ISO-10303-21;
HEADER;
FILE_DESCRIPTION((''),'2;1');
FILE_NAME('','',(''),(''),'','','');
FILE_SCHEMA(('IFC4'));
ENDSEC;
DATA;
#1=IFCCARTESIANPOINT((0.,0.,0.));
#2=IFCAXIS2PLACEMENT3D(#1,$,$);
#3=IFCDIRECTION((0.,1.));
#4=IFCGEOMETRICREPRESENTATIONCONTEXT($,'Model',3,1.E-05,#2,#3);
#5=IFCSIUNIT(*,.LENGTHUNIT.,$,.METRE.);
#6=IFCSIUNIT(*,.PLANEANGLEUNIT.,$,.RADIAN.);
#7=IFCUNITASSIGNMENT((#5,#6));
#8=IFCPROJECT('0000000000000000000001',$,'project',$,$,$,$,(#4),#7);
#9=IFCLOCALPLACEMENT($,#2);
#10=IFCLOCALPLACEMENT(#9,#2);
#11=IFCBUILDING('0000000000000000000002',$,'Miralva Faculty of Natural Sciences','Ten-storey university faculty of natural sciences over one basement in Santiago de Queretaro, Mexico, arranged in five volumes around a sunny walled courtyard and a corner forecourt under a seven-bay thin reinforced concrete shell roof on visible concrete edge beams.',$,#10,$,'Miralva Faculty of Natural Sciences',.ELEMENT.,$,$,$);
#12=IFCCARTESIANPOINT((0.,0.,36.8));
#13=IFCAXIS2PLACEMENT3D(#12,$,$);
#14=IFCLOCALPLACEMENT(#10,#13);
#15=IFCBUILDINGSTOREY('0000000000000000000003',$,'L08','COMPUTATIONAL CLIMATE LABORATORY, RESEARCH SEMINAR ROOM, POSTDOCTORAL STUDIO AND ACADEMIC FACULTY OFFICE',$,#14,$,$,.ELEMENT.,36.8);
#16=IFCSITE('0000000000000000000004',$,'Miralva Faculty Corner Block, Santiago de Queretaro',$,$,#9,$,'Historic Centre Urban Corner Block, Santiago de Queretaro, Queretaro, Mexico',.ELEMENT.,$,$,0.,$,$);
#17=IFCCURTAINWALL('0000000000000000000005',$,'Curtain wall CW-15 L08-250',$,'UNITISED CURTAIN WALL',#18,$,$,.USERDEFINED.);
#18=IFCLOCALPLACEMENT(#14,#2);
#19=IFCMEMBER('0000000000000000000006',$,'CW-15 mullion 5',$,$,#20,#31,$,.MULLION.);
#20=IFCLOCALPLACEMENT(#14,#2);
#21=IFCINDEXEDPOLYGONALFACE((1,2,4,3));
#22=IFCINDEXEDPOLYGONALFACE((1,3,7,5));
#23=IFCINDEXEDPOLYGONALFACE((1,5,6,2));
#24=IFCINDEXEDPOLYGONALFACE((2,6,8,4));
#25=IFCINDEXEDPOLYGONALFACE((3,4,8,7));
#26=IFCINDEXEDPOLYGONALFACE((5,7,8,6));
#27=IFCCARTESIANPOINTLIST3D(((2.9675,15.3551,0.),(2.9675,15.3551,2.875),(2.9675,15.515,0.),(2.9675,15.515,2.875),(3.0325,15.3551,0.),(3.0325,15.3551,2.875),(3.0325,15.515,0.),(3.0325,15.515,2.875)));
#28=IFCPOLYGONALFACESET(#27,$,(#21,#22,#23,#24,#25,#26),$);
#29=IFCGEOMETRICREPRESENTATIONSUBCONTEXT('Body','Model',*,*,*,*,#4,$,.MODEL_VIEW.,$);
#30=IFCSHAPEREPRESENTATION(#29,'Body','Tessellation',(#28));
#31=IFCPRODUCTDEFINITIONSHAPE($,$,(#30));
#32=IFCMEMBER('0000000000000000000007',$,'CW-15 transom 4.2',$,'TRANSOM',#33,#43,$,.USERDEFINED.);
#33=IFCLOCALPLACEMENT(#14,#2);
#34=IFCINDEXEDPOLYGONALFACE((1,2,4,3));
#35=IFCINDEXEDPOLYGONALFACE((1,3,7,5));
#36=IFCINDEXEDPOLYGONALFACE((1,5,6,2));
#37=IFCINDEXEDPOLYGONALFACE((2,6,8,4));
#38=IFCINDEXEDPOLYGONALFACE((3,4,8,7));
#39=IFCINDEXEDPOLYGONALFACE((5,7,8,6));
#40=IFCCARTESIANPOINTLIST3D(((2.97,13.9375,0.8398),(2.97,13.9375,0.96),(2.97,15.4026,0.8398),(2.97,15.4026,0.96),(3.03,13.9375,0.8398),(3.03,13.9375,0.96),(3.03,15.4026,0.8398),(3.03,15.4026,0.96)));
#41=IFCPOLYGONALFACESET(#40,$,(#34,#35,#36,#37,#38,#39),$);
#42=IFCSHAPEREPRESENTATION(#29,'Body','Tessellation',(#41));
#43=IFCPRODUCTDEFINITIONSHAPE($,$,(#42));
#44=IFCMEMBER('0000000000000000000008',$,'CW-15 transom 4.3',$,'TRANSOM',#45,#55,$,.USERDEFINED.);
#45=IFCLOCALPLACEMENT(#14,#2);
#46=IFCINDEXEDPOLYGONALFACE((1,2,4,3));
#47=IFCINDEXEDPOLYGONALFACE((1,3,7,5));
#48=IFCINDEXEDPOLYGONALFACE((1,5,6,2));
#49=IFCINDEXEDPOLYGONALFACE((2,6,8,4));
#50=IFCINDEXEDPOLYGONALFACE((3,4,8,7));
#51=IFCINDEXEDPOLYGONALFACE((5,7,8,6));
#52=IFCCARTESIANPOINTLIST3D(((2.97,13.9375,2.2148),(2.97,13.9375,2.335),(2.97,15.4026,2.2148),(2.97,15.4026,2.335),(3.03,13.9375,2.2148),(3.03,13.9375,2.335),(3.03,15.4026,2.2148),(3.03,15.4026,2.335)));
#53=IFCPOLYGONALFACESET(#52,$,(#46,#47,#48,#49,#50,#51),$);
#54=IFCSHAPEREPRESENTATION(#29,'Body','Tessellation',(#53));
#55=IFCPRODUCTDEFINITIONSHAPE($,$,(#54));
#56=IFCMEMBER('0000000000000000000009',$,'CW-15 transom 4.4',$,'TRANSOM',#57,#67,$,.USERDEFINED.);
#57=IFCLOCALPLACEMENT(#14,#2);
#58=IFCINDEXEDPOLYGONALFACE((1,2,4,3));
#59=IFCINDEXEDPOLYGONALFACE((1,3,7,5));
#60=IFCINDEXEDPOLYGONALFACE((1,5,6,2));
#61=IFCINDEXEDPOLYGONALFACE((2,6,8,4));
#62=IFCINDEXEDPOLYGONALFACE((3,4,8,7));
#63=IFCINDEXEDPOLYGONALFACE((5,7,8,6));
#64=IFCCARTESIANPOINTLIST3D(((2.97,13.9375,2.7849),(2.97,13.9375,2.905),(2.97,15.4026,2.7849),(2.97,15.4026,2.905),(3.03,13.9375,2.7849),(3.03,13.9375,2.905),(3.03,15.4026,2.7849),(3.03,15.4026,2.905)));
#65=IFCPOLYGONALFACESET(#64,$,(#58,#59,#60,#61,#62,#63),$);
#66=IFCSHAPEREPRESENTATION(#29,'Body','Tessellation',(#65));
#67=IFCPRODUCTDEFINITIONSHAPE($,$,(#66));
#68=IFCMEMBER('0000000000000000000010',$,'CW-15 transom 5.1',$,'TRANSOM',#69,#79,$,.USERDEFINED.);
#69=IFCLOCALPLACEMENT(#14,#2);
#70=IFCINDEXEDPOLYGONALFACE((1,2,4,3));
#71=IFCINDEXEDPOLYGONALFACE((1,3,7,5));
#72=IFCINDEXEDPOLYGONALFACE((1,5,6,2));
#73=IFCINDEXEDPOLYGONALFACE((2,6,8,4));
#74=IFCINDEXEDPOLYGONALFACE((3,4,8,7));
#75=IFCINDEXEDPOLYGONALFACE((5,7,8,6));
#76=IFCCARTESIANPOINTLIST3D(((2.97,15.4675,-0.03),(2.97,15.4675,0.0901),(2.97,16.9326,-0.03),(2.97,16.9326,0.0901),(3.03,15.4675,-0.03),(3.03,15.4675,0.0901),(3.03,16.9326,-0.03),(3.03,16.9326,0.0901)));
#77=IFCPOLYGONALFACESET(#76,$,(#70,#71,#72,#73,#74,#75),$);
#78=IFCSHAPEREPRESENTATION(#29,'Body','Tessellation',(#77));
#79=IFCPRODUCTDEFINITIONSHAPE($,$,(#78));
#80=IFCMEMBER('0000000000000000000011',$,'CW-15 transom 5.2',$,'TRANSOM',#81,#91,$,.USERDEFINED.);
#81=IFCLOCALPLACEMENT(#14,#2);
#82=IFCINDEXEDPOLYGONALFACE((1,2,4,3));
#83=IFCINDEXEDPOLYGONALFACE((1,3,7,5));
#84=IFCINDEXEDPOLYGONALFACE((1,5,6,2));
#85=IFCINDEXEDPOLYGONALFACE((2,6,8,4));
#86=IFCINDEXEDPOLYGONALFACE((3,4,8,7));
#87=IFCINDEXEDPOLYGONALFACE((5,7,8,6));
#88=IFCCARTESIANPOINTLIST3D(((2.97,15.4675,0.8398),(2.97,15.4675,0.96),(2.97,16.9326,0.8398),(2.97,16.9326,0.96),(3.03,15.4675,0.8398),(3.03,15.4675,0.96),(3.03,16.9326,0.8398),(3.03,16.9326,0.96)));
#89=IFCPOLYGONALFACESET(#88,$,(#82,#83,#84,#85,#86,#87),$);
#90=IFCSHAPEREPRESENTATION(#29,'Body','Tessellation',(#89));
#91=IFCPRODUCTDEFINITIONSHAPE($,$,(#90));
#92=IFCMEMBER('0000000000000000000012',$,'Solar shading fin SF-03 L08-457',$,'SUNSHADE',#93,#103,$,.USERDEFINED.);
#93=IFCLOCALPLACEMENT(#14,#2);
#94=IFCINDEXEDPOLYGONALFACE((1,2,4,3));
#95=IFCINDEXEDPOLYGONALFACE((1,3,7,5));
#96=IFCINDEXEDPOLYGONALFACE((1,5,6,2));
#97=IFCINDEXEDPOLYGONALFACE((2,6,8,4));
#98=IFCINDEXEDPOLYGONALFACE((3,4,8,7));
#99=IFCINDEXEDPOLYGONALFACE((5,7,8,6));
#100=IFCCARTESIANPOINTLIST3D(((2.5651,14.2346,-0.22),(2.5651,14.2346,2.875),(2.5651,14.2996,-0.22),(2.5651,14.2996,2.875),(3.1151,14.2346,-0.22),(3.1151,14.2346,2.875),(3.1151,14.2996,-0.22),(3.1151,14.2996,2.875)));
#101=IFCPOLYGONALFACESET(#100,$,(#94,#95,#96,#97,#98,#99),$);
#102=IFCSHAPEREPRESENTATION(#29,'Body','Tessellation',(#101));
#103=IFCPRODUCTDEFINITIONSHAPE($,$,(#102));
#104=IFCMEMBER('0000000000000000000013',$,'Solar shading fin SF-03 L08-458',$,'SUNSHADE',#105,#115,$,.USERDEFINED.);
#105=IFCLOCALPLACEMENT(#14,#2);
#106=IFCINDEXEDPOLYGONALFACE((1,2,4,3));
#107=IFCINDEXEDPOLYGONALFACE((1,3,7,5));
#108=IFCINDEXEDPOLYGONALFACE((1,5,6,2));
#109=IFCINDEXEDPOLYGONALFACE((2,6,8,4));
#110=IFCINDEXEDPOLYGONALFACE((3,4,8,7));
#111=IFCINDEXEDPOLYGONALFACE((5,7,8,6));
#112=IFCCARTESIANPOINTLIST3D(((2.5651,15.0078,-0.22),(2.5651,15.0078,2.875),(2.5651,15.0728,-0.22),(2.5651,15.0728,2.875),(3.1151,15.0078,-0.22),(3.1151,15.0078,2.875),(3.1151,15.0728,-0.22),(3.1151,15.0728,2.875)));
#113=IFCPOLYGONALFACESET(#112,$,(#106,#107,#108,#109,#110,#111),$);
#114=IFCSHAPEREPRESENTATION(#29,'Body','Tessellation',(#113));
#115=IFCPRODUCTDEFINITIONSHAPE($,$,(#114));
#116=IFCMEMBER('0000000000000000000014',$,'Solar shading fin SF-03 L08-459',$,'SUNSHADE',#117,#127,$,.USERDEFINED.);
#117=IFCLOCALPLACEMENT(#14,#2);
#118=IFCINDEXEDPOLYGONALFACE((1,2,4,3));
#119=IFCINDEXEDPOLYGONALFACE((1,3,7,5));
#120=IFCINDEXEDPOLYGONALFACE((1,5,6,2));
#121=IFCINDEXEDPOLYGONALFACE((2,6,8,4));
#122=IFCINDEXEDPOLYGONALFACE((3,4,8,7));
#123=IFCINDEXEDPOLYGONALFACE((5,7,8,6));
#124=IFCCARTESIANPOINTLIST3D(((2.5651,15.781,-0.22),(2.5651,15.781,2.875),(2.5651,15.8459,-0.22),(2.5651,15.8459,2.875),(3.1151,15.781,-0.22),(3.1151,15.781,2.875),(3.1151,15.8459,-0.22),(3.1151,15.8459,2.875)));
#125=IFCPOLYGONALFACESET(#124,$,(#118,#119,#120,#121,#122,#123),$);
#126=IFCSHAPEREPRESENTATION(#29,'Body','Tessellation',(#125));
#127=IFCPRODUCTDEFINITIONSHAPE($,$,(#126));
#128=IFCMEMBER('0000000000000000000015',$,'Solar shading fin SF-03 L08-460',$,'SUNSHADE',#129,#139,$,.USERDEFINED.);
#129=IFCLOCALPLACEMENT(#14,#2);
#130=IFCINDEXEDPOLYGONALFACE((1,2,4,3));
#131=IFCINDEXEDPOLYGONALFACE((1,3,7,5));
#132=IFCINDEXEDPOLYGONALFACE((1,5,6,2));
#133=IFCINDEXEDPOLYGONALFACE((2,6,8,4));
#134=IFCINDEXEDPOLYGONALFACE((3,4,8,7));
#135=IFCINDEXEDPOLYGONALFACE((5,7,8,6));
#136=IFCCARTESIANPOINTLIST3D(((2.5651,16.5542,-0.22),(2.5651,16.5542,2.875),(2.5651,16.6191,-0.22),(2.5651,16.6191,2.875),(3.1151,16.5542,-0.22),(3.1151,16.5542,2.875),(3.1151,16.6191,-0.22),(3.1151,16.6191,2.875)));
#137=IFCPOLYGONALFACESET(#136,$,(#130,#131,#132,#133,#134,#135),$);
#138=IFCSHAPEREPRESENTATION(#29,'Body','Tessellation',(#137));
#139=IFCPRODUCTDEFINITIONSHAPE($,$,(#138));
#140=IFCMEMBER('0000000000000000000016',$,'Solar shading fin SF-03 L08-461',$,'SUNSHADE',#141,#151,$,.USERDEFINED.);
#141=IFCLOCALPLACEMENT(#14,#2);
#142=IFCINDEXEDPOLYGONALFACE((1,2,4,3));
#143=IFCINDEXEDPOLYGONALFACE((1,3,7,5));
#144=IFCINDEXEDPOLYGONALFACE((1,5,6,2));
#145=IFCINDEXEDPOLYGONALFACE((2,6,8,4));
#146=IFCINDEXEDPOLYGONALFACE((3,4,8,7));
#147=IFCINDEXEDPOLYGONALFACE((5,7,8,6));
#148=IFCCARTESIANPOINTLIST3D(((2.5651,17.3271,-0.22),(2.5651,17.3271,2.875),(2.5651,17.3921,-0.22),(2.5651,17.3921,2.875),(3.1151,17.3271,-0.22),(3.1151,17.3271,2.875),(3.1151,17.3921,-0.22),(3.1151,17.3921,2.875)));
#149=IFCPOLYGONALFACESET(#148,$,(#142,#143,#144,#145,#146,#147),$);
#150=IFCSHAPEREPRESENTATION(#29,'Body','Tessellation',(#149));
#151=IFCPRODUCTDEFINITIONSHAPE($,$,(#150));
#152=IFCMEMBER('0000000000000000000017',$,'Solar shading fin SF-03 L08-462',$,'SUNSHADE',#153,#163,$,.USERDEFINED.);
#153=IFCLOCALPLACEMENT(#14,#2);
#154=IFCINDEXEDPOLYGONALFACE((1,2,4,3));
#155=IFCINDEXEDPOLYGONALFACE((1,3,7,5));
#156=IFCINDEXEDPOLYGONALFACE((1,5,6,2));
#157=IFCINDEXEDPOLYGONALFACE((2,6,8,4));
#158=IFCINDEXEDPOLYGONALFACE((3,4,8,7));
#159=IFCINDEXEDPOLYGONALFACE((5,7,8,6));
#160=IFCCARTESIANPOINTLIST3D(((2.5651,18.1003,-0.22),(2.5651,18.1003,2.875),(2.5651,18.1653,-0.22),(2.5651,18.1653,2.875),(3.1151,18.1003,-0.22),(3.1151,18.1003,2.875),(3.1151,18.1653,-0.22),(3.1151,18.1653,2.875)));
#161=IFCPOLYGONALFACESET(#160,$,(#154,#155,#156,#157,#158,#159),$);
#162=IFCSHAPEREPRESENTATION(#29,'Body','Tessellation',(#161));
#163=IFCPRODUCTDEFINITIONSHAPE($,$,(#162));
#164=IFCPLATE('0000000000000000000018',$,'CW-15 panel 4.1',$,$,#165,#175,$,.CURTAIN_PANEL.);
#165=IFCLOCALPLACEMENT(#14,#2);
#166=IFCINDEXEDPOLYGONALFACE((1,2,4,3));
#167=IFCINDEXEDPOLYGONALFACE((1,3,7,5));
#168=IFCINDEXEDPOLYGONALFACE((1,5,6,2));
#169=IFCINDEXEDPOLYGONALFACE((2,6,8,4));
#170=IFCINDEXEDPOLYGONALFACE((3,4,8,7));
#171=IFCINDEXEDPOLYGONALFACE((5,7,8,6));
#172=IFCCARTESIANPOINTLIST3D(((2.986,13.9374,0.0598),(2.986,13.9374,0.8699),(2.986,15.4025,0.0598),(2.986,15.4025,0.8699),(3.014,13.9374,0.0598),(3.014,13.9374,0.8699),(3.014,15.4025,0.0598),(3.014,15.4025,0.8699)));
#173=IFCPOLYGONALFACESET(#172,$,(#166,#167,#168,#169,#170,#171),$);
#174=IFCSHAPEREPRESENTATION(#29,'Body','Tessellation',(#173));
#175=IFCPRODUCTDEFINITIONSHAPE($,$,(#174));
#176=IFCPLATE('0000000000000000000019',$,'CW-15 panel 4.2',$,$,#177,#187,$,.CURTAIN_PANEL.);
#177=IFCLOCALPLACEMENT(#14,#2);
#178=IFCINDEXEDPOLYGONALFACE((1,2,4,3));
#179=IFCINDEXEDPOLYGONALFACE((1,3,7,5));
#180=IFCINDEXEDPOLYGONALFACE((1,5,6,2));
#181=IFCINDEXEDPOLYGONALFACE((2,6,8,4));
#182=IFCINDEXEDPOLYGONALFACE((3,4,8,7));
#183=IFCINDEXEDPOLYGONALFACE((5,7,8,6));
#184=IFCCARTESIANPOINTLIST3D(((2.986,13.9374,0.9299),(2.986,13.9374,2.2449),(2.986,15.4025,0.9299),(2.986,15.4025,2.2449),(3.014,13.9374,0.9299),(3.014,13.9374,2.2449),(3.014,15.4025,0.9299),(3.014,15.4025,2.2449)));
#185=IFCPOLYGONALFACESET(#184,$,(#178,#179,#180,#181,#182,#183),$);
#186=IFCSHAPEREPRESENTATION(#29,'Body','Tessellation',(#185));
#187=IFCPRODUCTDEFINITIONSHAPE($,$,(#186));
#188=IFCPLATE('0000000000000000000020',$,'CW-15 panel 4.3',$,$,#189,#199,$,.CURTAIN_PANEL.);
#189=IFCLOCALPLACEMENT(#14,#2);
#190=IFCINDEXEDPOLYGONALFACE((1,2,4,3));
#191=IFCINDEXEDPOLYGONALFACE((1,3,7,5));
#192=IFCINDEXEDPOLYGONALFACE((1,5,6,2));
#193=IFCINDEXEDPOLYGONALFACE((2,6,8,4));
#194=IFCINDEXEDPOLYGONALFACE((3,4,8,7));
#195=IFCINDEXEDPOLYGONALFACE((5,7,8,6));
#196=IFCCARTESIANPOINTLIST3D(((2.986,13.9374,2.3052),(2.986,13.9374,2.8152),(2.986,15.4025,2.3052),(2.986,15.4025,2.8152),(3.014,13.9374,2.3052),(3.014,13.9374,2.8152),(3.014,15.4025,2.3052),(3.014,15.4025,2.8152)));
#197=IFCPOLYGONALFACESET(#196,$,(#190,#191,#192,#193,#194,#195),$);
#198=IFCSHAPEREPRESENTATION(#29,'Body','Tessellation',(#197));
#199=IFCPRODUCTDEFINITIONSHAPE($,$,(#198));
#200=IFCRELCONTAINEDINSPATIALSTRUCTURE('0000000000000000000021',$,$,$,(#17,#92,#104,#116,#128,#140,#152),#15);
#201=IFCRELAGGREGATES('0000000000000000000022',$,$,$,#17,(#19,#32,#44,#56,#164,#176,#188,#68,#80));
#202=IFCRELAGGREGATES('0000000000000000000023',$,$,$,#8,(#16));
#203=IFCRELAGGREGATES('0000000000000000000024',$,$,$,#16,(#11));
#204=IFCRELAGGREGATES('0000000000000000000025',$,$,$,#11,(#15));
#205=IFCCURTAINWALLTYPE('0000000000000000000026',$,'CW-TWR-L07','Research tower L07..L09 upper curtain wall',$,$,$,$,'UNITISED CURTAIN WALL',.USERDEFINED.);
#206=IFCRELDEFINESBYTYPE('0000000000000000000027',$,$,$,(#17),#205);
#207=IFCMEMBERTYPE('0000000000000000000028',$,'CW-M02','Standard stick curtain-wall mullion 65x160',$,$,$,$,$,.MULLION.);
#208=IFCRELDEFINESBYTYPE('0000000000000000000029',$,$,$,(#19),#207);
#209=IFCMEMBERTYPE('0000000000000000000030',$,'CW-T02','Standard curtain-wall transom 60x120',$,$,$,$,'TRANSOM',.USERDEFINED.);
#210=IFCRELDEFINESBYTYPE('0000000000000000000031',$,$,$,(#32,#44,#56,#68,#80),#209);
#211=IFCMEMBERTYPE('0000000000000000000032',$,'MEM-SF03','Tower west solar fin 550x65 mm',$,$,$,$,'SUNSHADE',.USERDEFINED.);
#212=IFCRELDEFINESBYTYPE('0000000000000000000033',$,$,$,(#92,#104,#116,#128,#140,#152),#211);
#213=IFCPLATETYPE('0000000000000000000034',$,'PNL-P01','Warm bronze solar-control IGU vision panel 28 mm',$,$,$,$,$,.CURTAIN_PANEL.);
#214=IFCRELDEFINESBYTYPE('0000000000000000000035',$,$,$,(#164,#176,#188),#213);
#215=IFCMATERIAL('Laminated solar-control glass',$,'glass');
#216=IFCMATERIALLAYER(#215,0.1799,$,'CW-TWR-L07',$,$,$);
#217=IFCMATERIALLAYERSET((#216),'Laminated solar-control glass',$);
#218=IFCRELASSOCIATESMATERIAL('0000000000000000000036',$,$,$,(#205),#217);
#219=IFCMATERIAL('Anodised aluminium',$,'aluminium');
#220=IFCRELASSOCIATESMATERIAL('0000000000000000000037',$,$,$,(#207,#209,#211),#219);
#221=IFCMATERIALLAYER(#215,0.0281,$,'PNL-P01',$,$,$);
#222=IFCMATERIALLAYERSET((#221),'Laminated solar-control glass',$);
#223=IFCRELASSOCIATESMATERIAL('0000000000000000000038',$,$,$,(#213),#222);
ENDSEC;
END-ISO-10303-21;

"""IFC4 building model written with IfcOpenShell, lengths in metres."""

from ifc_helpers import new_model, si_unit, direction, frame, origin, origin_2d, place, context, subcontext, project, spatial, rectangle, extrude, material, layer, layer_set, material_profile, profile_set, type_object, element, aggregate, save


model = new_model("IFC4")

# Units and contexts
model_context = context("Model", 3, precision=1e-05, world=origin(), true_north=direction((0.0, 1.0)))
body_context = subcontext(model_context, "Body", "Model", "MODEL_VIEW")
ifc_project = project(units=[si_unit("LENGTHUNIT", "METRE"), si_unit("PLANEANGLEUNIT", "RADIAN")], contexts=[model_context])

# Site, building, storey
site_placement = place(None, origin())
site = spatial("IfcSite", under=ifc_project, at=site_placement, Name="Miralva Faculty Corner Block, Santiago de Queretaro", LongName="Historic Centre Urban Corner Block, Santiago de Queretaro, Queretaro, Mexico", CompositionType="ELEMENT", RefElevation=0.0)
building_placement = place(site_placement, origin())
building = spatial("IfcBuilding", under=site, at=building_placement, Name="Miralva Faculty of Natural Sciences", Description="Ten-storey university faculty of natural sciences over one basement in Santiago de Queretaro, Mexico, arranged in five volumes around a sunny walled courtyard and a corner forecourt under a seven-bay thin reinforced concrete shell roof on visible concrete edge beams.", LongName="Miralva Faculty of Natural Sciences", CompositionType="ELEMENT")
storey_placement = place(building_placement, frame((0.0, 0.0, 36.8)))
storey = spatial("IfcBuildingStorey", under=building, at=storey_placement, Name="L08", Description="COMPUTATIONAL CLIMATE LABORATORY, RESEARCH SEMINAR ROOM, POSTDOCTORAL STUDIO AND ACADEMIC FACULTY OFFICE", CompositionType="ELEMENT", Elevation=36.8)

# Curtain wall, members
ifc_material_1 = material(Name="Laminated solar-control glass", Category="glass")
ifc_layer_1 = layer(ifc_material_1, 0.1799, Name="CW-TWR-L07")
ifc_layer_set_1 = layer_set([ifc_layer_1], Name="Laminated solar-control glass")
curtain_wall_type = type_object("IfcCurtainWallType", Name="CW-TWR-L07", Description="Research tower L07..L09 upper curtain wall", ElementType="UNITISED CURTAIN WALL", PredefinedType="USERDEFINED", material=ifc_layer_set_1)
curtain_wall_placement = place(storey_placement, origin())
curtain_wall = element("IfcCurtainWall", 1, at=curtain_wall_placement, inside=storey, type_object=curtain_wall_type, Name="Curtain wall CW-15 L08-250", ObjectType="UNITISED CURTAIN WALL", PredefinedType="USERDEFINED")
ifc_material_2 = material(Name="Anodised aluminium", Category="aluminium")
ifc_material_profile_1 = material_profile(ifc_material_2, rectangle(XDim=0.0649, YDim=0.1599, at=origin_2d()), Name="MULLION 65x160")
ifc_profile_set_1 = profile_set([ifc_material_profile_1], Name="Anodised aluminium")
member_type_1 = type_object("IfcMemberType", Name="CW-M02", Description="Standard stick curtain-wall mullion 65x160", PredefinedType="MULLION", material=ifc_profile_set_1)
member_1_placement = place(storey_placement, frame((3.0, 15.4351, 0.0), z_axis=(0.0, 0.0, 1.0), x_axis=(-1.0, 0.0, 0.0)))
member_1 = element("IfcMember", 2, at=member_1_placement, type_object=member_type_1, Name="CW-15 mullion 5", PredefinedType="MULLION", context=body_context, shape_type="SweptSolid", body=[
    extrude(rectangle(XDim=0.0649, YDim=0.1599, at=origin_2d()), origin(), (0.0, 0.0, 1.0), 2.875),
])
ifc_material_profile_2 = material_profile(ifc_material_2, rectangle(XDim=0.0601, YDim=0.1201, at=origin_2d()), Name="TRANSOM 60x120")
ifc_profile_set_2 = profile_set([ifc_material_profile_2], Name="Anodised aluminium")
member_type_2 = type_object("IfcMemberType", Name="CW-T02", Description="Standard curtain-wall transom 60x120", ElementType="TRANSOM", PredefinedType="USERDEFINED", material=ifc_profile_set_2)
member_2_placement = place(storey_placement, frame((3.0, 13.9375, 0.8999), z_axis=(0.0, 1.0, 0.0), x_axis=(-1.0, 0.0, 0.0)))
member_2 = element("IfcMember", 3, at=member_2_placement, type_object=member_type_2, Name="CW-15 transom 4.2", ObjectType="TRANSOM", PredefinedType="USERDEFINED", context=body_context, shape_type="SweptSolid", body=[
    extrude(rectangle(XDim=0.0601, YDim=0.1201, at=origin_2d()), origin(), (0.0, 0.0, 1.0), 1.4651),
])
member_3_placement = place(storey_placement, frame((3.0, 13.9375, 2.2749), z_axis=(0.0, 1.0, 0.0), x_axis=(-1.0, 0.0, 0.0)))
member_3 = element("IfcMember", 4, at=member_3_placement, type_object=member_type_2, Name="CW-15 transom 4.3", ObjectType="TRANSOM", PredefinedType="USERDEFINED", context=body_context, shape_type="SweptSolid", body=[
    extrude(rectangle(XDim=0.0601, YDim=0.1201, at=origin_2d()), origin(), (0.0, 0.0, 1.0), 1.4651),
])
member_4_placement = place(storey_placement, frame((3.0, 13.9375, 2.845), z_axis=(0.0, 1.0, 0.0), x_axis=(-1.0, 0.0, 0.0)))
member_4 = element("IfcMember", 5, at=member_4_placement, type_object=member_type_2, Name="CW-15 transom 4.4", ObjectType="TRANSOM", PredefinedType="USERDEFINED", context=body_context, shape_type="SweptSolid", body=[
    extrude(rectangle(XDim=0.0601, YDim=0.1201, at=origin_2d()), origin(), (0.0, 0.0, 1.0), 1.4651),
])
member_5_placement = place(storey_placement, frame((3.0, 15.4675, 0.03), z_axis=(0.0, 1.0, 0.0), x_axis=(-1.0, 0.0, 0.0)))
member_5 = element("IfcMember", 6, at=member_5_placement, type_object=member_type_2, Name="CW-15 transom 5.1", ObjectType="TRANSOM", PredefinedType="USERDEFINED", context=body_context, shape_type="SweptSolid", body=[
    extrude(rectangle(XDim=0.0601, YDim=0.1201, at=origin_2d()), origin(), (0.0, 0.0, 1.0), 1.4651),
])
member_6_placement = place(storey_placement, frame((3.0, 15.4675, 0.8999), z_axis=(0.0, 1.0, 0.0), x_axis=(-1.0, 0.0, 0.0)))
member_6 = element("IfcMember", 7, at=member_6_placement, type_object=member_type_2, Name="CW-15 transom 5.2", ObjectType="TRANSOM", PredefinedType="USERDEFINED", context=body_context, shape_type="SweptSolid", body=[
    extrude(rectangle(XDim=0.0601, YDim=0.1201, at=origin_2d()), origin(), (0.0, 0.0, 1.0), 1.4651),
])

# Members
ifc_material_profile_3 = material_profile(ifc_material_2, rectangle(XDim=0.0649, YDim=0.55, at=origin_2d()), Name="FIN 550x65")
ifc_profile_set_3 = profile_set([ifc_material_profile_3], Name="Anodised aluminium")
member_type_3 = type_object("IfcMemberType", Name="MEM-SF03", Description="Tower west solar fin 550x65 mm", ElementType="SUNSHADE", PredefinedType="USERDEFINED", material=ifc_profile_set_3)
for number, where, z_axis, x_axis, name in (
    (8, (2.8401, 14.2671, -0.22), (0.0, 0.0, 1.0), (0.0, -1.0, 0.0), "Solar shading fin SF-03 L08-457"),
    (9, (2.8401, 15.0403, -0.22), (0.0, 0.0, 1.0), (0.0, -1.0, 0.0), "Solar shading fin SF-03 L08-458"),
    (10, (2.8401, 15.8135, -0.22), (0.0, 0.0, 1.0), (0.0, -1.0, 0.0), "Solar shading fin SF-03 L08-459"),
    (11, (2.8401, 16.5867, -0.22), (0.0, 0.0, 1.0), (0.0, -1.0, 0.0), "Solar shading fin SF-03 L08-460"),
    (12, (2.8401, 17.3596, -0.22), (0.0, 0.0, 1.0), (0.0, -1.0, 0.0), "Solar shading fin SF-03 L08-461"),
    (13, (2.8401, 18.1328, -0.22), (0.0, 0.0, 1.0), (0.0, -1.0, 0.0), "Solar shading fin SF-03 L08-462"),
):
    element("IfcMember", number, at=place(storey_placement, frame(where, z_axis=z_axis, x_axis=x_axis)), inside=storey, type_object=member_type_3, Name=name, ObjectType="SUNSHADE", PredefinedType="USERDEFINED", context=body_context, shape_type="SweptSolid", body=[
        extrude(rectangle(XDim=0.0649, YDim=0.55, at=origin_2d()), origin(), (0.0, 0.0, 1.0), 3.095),
    ])

# Plates
ifc_layer_2 = layer(ifc_material_1, 0.0281, Name="PNL-P01")
ifc_layer_set_2 = layer_set([ifc_layer_2], Name="Laminated solar-control glass")
plate_type = type_object("IfcPlateType", Name="PNL-P01", Description="Warm bronze solar-control IGU vision panel 28 mm", PredefinedType="CURTAIN_PANEL", material=ifc_layer_set_2)
plate_1_placement = place(storey_placement, frame((3.0, 14.6699, 0.0598), z_axis=(0.0, 0.0, 1.0), x_axis=(0.0, 1.0, 0.0)))
plate_1 = element("IfcPlate", 14, at=plate_1_placement, type_object=plate_type, Name="CW-15 panel 4.1", PredefinedType="CURTAIN_PANEL", context=body_context, shape_type="SweptSolid", body=[
    extrude(rectangle(XDim=1.4651, YDim=0.0281, at=origin_2d()), origin(), (0.0, 0.0, 1.0), 0.8101),
])
plate_2_placement = place(storey_placement, frame((3.0, 14.6699, 0.9299), z_axis=(0.0, 0.0, 1.0), x_axis=(0.0, 1.0, 0.0)))
plate_2 = element("IfcPlate", 15, at=plate_2_placement, type_object=plate_type, Name="CW-15 panel 4.2", PredefinedType="CURTAIN_PANEL", context=body_context, shape_type="SweptSolid", body=[
    extrude(rectangle(XDim=1.4651, YDim=0.0281, at=origin_2d()), origin(), (0.0, 0.0, 1.0), 1.3149),
])
plate_3_placement = place(storey_placement, frame((3.0, 14.6699, 2.3052), z_axis=(0.0, 0.0, 1.0), x_axis=(0.0, 1.0, 0.0)))
plate_3 = element("IfcPlate", 16, at=plate_3_placement, type_object=plate_type, Name="CW-15 panel 4.3", PredefinedType="CURTAIN_PANEL", context=body_context, shape_type="SweptSolid", body=[
    extrude(rectangle(XDim=1.4651, YDim=0.0281, at=origin_2d()), origin(), (0.0, 0.0, 1.0), 0.51),
])
aggregate(curtain_wall, [member_1, member_2, member_3, member_4, plate_1, plate_2, plate_3, member_5, member_6])

save(model, "model.ifc")
